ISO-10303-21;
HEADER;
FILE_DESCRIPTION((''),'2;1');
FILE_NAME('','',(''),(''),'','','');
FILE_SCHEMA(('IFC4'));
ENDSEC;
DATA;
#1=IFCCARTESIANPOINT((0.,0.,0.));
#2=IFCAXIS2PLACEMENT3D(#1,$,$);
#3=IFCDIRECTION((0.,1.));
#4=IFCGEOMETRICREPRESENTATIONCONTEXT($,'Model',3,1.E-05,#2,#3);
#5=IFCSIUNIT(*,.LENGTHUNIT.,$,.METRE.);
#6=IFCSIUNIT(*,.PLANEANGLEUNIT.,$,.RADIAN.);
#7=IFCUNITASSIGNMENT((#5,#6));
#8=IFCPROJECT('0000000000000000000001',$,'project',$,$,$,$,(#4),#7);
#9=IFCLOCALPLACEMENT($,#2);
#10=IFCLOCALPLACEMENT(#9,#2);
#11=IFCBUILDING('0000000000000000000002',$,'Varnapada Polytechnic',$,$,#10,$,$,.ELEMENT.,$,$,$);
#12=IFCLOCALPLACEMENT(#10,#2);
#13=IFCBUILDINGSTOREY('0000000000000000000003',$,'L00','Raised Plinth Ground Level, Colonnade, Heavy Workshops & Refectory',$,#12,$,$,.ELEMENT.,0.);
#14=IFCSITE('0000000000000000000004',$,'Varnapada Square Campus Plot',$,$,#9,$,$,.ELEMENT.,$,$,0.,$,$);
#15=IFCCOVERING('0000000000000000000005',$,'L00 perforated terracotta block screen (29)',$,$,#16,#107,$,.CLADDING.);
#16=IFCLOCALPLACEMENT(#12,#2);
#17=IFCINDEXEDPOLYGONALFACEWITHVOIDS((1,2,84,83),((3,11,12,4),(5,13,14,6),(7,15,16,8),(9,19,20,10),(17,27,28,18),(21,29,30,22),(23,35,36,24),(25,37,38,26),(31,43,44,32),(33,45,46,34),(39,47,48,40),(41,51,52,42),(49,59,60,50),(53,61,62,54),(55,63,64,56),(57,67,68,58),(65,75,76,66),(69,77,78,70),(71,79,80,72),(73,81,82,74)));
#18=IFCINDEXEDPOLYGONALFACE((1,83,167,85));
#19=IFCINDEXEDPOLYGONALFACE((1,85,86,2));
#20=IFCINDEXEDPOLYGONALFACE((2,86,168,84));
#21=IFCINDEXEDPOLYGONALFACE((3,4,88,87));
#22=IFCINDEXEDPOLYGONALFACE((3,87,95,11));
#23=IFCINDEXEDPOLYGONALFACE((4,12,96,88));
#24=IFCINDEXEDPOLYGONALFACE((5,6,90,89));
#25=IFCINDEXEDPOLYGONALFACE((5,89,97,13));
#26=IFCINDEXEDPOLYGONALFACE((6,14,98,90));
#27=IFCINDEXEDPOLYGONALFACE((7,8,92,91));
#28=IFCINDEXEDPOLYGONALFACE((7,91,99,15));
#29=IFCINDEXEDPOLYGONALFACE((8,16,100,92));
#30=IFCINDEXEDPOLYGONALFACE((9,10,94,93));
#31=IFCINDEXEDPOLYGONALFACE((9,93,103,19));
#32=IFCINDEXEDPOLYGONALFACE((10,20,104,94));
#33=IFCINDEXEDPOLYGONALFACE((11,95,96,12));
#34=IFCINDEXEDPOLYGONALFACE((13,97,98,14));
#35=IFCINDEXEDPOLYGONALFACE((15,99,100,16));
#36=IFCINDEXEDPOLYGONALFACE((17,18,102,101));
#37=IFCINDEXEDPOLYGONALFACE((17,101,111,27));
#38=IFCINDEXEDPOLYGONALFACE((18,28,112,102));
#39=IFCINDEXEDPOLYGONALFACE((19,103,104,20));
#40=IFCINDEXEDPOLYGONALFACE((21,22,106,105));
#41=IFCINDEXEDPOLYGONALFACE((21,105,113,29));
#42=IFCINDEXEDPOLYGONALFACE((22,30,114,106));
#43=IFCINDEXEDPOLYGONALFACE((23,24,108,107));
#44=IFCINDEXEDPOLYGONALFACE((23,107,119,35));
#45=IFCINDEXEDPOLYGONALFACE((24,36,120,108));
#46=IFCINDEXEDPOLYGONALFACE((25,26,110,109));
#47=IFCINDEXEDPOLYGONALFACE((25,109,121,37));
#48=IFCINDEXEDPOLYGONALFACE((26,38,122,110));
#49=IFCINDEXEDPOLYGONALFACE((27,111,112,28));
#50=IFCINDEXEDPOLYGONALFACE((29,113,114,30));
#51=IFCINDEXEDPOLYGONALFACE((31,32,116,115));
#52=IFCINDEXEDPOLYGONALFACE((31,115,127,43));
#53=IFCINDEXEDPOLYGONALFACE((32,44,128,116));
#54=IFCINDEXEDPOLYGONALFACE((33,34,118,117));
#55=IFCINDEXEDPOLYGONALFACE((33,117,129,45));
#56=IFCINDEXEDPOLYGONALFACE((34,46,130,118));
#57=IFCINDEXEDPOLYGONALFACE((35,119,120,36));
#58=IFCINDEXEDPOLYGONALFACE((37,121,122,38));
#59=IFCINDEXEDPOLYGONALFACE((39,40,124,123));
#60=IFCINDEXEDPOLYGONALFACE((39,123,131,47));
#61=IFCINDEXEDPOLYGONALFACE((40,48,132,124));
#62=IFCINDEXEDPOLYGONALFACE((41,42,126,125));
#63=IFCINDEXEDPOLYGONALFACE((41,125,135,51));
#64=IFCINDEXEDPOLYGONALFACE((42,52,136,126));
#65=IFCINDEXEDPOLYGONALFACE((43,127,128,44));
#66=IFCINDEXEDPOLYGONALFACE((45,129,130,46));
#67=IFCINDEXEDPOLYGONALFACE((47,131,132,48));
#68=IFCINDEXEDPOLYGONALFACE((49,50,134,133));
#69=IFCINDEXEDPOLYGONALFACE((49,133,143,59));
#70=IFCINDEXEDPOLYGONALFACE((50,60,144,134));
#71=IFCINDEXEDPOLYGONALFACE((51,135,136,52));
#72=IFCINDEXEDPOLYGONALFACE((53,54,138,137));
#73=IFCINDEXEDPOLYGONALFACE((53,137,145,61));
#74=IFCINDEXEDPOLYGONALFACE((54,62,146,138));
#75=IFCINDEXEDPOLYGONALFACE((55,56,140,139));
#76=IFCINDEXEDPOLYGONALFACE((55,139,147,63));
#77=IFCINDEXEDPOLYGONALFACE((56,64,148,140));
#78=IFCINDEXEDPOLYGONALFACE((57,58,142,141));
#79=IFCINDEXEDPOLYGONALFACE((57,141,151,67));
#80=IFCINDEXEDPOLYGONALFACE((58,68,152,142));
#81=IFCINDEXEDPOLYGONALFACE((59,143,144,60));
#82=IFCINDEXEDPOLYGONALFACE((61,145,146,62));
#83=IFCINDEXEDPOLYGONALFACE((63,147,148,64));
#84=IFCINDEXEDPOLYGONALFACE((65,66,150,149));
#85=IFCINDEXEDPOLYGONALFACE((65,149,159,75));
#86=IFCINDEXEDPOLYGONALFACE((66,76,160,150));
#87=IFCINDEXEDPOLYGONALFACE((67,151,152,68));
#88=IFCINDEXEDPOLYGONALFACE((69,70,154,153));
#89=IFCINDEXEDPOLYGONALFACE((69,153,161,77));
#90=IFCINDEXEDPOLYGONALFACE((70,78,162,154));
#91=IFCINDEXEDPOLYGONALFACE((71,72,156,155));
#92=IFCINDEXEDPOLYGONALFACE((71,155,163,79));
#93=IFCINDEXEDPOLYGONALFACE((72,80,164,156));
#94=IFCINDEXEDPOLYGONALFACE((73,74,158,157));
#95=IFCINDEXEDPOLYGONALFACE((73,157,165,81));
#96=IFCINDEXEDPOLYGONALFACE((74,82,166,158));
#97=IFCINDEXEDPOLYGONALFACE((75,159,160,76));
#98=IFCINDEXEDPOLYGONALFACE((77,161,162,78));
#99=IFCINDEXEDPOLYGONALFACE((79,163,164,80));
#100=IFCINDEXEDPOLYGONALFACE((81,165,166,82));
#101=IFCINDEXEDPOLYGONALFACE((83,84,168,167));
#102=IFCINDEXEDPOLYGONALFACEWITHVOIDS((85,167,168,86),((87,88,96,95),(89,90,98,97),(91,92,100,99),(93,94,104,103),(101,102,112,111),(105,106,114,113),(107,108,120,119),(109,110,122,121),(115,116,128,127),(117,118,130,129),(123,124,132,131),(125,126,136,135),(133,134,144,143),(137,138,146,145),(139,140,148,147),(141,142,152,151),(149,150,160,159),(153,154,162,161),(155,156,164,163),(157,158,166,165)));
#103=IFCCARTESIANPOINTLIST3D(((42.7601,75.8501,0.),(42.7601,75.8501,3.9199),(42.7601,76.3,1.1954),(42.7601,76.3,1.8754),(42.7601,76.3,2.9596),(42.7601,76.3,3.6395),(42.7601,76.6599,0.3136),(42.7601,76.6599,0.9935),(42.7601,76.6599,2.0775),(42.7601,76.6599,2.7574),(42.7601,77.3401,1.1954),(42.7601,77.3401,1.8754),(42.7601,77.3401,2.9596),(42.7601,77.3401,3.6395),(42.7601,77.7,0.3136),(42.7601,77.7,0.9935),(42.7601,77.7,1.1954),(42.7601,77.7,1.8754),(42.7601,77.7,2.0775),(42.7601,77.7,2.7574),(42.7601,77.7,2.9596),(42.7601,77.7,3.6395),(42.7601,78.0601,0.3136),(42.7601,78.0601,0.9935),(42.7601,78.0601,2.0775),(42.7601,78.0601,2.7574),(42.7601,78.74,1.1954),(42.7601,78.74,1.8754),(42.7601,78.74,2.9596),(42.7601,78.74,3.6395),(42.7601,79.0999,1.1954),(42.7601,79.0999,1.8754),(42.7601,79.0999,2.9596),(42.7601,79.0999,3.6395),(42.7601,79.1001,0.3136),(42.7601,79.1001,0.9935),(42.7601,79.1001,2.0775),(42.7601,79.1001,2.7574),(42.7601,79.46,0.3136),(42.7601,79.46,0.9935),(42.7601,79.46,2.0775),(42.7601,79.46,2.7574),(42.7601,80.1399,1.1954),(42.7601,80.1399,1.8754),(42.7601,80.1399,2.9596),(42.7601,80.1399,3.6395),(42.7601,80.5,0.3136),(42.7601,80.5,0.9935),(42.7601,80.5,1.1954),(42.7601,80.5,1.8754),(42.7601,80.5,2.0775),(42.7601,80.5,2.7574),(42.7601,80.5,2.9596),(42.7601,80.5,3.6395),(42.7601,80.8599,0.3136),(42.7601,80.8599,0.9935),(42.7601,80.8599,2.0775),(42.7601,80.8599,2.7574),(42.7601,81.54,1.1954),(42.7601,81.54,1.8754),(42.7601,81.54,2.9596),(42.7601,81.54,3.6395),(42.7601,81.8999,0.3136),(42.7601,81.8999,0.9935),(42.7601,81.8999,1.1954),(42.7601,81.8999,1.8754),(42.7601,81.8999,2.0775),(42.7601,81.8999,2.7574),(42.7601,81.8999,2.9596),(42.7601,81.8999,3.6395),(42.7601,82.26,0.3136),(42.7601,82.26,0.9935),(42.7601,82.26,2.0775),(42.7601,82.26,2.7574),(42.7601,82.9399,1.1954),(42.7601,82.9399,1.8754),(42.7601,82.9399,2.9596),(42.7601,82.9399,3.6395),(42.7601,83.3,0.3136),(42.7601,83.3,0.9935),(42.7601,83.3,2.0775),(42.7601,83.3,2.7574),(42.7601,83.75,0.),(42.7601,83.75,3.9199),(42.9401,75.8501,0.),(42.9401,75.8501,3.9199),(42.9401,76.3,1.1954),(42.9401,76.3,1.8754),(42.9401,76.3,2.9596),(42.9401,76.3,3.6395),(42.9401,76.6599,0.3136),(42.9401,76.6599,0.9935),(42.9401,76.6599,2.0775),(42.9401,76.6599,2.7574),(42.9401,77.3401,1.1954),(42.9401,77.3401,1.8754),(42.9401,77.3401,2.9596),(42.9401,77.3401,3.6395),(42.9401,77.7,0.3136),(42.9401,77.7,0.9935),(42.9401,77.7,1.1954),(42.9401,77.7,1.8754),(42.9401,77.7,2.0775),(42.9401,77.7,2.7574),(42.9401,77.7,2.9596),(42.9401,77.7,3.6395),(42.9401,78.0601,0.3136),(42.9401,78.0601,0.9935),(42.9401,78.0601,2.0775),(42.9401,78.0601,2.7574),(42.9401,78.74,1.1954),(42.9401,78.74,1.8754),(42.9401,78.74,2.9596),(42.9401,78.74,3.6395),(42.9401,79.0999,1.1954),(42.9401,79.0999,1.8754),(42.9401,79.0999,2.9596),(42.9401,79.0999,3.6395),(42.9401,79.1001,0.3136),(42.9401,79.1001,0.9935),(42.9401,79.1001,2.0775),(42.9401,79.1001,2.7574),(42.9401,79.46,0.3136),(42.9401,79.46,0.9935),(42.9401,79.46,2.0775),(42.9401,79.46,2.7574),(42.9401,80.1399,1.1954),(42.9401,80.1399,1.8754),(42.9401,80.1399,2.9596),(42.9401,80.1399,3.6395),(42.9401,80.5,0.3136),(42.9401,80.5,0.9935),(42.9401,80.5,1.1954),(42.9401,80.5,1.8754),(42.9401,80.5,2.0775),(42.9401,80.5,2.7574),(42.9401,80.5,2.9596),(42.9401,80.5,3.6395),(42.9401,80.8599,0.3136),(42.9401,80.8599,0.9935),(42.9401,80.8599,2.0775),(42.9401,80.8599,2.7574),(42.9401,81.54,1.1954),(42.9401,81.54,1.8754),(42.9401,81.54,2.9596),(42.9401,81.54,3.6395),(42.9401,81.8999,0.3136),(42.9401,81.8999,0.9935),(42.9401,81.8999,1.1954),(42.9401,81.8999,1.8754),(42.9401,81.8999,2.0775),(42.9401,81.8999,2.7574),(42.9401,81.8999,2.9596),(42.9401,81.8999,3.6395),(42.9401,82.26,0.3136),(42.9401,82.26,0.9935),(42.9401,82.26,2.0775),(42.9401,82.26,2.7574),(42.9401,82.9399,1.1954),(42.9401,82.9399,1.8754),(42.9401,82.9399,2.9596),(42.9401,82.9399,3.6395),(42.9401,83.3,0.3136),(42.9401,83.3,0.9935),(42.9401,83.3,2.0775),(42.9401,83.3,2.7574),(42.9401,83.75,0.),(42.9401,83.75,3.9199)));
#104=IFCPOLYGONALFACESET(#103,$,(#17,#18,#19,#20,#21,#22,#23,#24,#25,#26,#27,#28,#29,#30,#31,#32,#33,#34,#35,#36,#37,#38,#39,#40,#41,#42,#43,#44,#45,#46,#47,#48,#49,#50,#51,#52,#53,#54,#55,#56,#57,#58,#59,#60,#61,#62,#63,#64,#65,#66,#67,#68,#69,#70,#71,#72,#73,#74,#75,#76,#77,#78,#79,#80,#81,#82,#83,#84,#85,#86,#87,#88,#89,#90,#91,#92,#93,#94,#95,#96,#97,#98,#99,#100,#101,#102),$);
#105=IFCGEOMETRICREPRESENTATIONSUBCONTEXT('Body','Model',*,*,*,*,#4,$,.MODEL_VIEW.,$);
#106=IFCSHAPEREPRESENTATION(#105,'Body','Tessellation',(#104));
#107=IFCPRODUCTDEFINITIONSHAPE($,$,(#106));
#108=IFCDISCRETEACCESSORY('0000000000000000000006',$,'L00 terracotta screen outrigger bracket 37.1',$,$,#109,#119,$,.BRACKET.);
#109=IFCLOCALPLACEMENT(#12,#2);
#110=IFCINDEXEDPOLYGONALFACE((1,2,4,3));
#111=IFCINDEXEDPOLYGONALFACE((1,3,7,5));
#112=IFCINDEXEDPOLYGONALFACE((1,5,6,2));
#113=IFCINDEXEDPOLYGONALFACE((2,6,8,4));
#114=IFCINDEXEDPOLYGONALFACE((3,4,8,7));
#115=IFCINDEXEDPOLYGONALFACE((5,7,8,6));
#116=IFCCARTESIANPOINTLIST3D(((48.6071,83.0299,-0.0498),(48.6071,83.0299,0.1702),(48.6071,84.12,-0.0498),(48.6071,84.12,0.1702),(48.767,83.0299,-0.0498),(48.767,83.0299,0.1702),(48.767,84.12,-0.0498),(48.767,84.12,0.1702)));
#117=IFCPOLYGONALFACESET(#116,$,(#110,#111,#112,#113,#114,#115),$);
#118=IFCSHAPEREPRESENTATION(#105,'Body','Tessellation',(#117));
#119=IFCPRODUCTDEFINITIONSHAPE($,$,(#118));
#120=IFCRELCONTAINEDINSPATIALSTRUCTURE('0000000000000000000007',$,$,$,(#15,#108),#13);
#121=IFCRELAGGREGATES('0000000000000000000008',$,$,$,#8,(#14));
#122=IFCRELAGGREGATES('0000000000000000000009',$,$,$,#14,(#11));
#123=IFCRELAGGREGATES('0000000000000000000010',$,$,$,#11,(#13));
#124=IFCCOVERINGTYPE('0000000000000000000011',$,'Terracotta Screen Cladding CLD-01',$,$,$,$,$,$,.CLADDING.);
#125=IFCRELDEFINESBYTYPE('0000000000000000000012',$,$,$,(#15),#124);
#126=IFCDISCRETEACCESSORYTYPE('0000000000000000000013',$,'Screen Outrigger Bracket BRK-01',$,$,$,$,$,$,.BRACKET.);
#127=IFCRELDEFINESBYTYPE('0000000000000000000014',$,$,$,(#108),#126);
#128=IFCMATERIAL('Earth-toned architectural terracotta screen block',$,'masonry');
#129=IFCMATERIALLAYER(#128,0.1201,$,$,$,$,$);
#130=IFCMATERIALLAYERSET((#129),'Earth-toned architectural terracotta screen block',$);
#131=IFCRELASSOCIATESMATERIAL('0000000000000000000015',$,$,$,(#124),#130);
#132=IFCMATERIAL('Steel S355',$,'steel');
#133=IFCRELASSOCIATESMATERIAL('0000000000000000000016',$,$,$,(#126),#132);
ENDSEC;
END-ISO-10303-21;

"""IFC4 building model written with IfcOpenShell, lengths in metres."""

from ifc_helpers import new_model, si_unit, direction, frame, frame_2d, origin, origin_2d, place, context, subcontext, project, spatial, rectangle, extrude, material, layer, layer_set, type_object, element, save


model = new_model("IFC4")

# Units and contexts
model_context = context("Model", 3, precision=1e-05, world=origin(), true_north=direction((0.0, 1.0)))
body_context = subcontext(model_context, "Body", "Model", "MODEL_VIEW")
ifc_project = project(units=[si_unit("LENGTHUNIT", "METRE"), si_unit("PLANEANGLEUNIT", "RADIAN")], contexts=[model_context])

# Site, building, storey
site_placement = place(None, origin())
site = spatial("IfcSite", under=ifc_project, at=site_placement, Name="Varnapada Square Campus Plot", CompositionType="ELEMENT", RefElevation=0.0)
building_placement = place(site_placement, origin())
building = spatial("IfcBuilding", under=site, at=building_placement, Name="Varnapada Polytechnic", CompositionType="ELEMENT")
storey_placement = place(building_placement, origin())
storey = spatial("IfcBuildingStorey", under=building, at=storey_placement, Name="L00", Description="Raised Plinth Ground Level, Colonnade, Heavy Workshops & Refectory", CompositionType="ELEMENT", Elevation=0.0)

# Covering, openings
ifc_material_1 = material(Name="Earth-toned architectural terracotta screen block", Category="masonry")
ifc_layer_1 = layer(ifc_material_1, 0.1201)
ifc_layer_set_1 = layer_set([ifc_layer_1], Name="Earth-toned architectural terracotta screen block")
covering_type = type_object("IfcCoveringType", Name="Terracotta Screen Cladding CLD-01", PredefinedType="CLADDING", material=ifc_layer_set_1)
covering_placement = place(storey_placement, frame((42.8501, 83.75, 0.0), z_axis=(0.0, 0.0, 1.0), x_axis=(0.0, -1.0, 0.0)))
covering = element("IfcCovering", 1, at=covering_placement, inside=storey, type_object=covering_type, Name="L00 perforated terracotta block screen (29)", PredefinedType="CLADDING", context=body_context, shape_type="SweptSolid", body=[
    extrude(rectangle(XDim=7.8999, YDim=0.1799, at=frame_2d((3.95, 0.0))), origin(), (0.0, 0.0, 1.0), 3.9199),
])
opening_1_placement = place(covering_placement, frame((0.45, 0.0, 0.3137)))
element("IfcOpeningElement", 2, at=opening_1_placement, cuts=covering, PredefinedType="OPENING", context=body_context, shape_type="SweptSolid", body=[
    extrude(rectangle(XDim=1.04, YDim=0.6799, at=frame_2d((0.52, 0.3398))), frame((0.0, 0.0999, 0.0), z_axis=(0.0, -1.0, 0.0), x_axis=(1.0, 0.0, 0.0)), (0.0, 0.0, 1.0), 0.2),
])
opening_2_placement = place(covering_placement, frame((1.8501, 0.0, 0.3137)))
element("IfcOpeningElement", 3, at=opening_2_placement, cuts=covering, PredefinedType="OPENING", context=body_context, shape_type="SweptSolid", body=[
    extrude(rectangle(XDim=1.04, YDim=0.6799, at=frame_2d((0.52, 0.3398))), frame((0.0, 0.0999, 0.0), z_axis=(0.0, -1.0, 0.0), x_axis=(1.0, 0.0, 0.0)), (0.0, 0.0, 1.0), 0.2),
])
opening_3_placement = place(covering_placement, frame((3.25, 0.0, 0.3137)))
element("IfcOpeningElement", 4, at=opening_3_placement, cuts=covering, PredefinedType="OPENING", context=body_context, shape_type="SweptSolid", body=[
    extrude(rectangle(XDim=1.04, YDim=0.6799, at=frame_2d((0.52, 0.3398))), frame((0.0, 0.0999, 0.0), z_axis=(0.0, -1.0, 0.0), x_axis=(1.0, 0.0, 0.0)), (0.0, 0.0, 1.0), 0.2),
])
opening_4_placement = place(covering_placement, frame((4.6499, 0.0, 0.3137)))
element("IfcOpeningElement", 5, at=opening_4_placement, cuts=covering, PredefinedType="OPENING", context=body_context, shape_type="SweptSolid", body=[
    extrude(rectangle(XDim=1.04, YDim=0.6799, at=frame_2d((0.52, 0.3398))), frame((0.0, 0.0999, 0.0), z_axis=(0.0, -1.0, 0.0), x_axis=(1.0, 0.0, 0.0)), (0.0, 0.0, 1.0), 0.2),
])
opening_5_placement = place(covering_placement, frame((6.05, 0.0, 0.3137)))
element("IfcOpeningElement", 6, at=opening_5_placement, cuts=covering, PredefinedType="OPENING", context=body_context, shape_type="SweptSolid", body=[
    extrude(rectangle(XDim=1.04, YDim=0.6799, at=frame_2d((0.52, 0.3398))), frame((0.0, 0.0999, 0.0), z_axis=(0.0, -1.0, 0.0), x_axis=(1.0, 0.0, 0.0)), (0.0, 0.0, 1.0), 0.2),
])
opening_6_placement = place(covering_placement, frame((0.8101, 0.0, 1.1956)))
element("IfcOpeningElement", 7, at=opening_6_placement, cuts=covering, PredefinedType="OPENING", context=body_context, shape_type="SweptSolid", body=[
    extrude(rectangle(XDim=1.04, YDim=0.6799, at=frame_2d((0.52, 0.3398))), frame((0.0, 0.0999, 0.0), z_axis=(0.0, -1.0, 0.0), x_axis=(1.0, 0.0, 0.0)), (0.0, 0.0, 1.0), 0.2),
])
opening_7_placement = place(covering_placement, frame((2.21, 0.0, 1.1956)))
element("IfcOpeningElement", 8, at=opening_7_placement, cuts=covering, PredefinedType="OPENING", context=body_context, shape_type="SweptSolid", body=[
    extrude(rectangle(XDim=1.04, YDim=0.6799, at=frame_2d((0.52, 0.3398))), frame((0.0, 0.0999, 0.0), z_axis=(0.0, -1.0, 0.0), x_axis=(1.0, 0.0, 0.0)), (0.0, 0.0, 1.0), 0.2),
])
opening_8_placement = place(covering_placement, frame((3.6101, 0.0, 1.1956)))
element("IfcOpeningElement", 9, at=opening_8_placement, cuts=covering, PredefinedType="OPENING", context=body_context, shape_type="SweptSolid", body=[
    extrude(rectangle(XDim=1.04, YDim=0.6799, at=frame_2d((0.52, 0.3398))), frame((0.0, 0.0999, 0.0), z_axis=(0.0, -1.0, 0.0), x_axis=(1.0, 0.0, 0.0)), (0.0, 0.0, 1.0), 0.2),
])
opening_9_placement = place(covering_placement, frame((5.01, 0.0, 1.1956)))
element("IfcOpeningElement", 10, at=opening_9_placement, cuts=covering, PredefinedType="OPENING", context=body_context, shape_type="SweptSolid", body=[
    extrude(rectangle(XDim=1.04, YDim=0.6799, at=frame_2d((0.52, 0.3398))), frame((0.0, 0.0999, 0.0), z_axis=(0.0, -1.0, 0.0), x_axis=(1.0, 0.0, 0.0)), (0.0, 0.0, 1.0), 0.2),
])
opening_10_placement = place(covering_placement, frame((6.4099, 0.0, 1.1956)))
element("IfcOpeningElement", 11, at=opening_10_placement, cuts=covering, PredefinedType="OPENING", context=body_context, shape_type="SweptSolid", body=[
    extrude(rectangle(XDim=1.04, YDim=0.6799, at=frame_2d((0.52, 0.3398))), frame((0.0, 0.0999, 0.0), z_axis=(0.0, -1.0, 0.0), x_axis=(1.0, 0.0, 0.0)), (0.0, 0.0, 1.0), 0.2),
])
opening_11_placement = place(covering_placement, frame((0.45, 0.0, 2.0776)))
element("IfcOpeningElement", 12, at=opening_11_placement, cuts=covering, PredefinedType="OPENING", context=body_context, shape_type="SweptSolid", body=[
    extrude(rectangle(XDim=1.04, YDim=0.6799, at=frame_2d((0.52, 0.3398))), frame((0.0, 0.0999, 0.0), z_axis=(0.0, -1.0, 0.0), x_axis=(1.0, 0.0, 0.0)), (0.0, 0.0, 1.0), 0.2),
])
opening_12_placement = place(covering_placement, frame((1.8501, 0.0, 2.0776)))
element("IfcOpeningElement", 13, at=opening_12_placement, cuts=covering, PredefinedType="OPENING", context=body_context, shape_type="SweptSolid", body=[
    extrude(rectangle(XDim=1.04, YDim=0.6799, at=frame_2d((0.52, 0.3398))), frame((0.0, 0.0999, 0.0), z_axis=(0.0, -1.0, 0.0), x_axis=(1.0, 0.0, 0.0)), (0.0, 0.0, 1.0), 0.2),
])
opening_13_placement = place(covering_placement, frame((3.25, 0.0, 2.0776)))
element("IfcOpeningElement", 14, at=opening_13_placement, cuts=covering, PredefinedType="OPENING", context=body_context, shape_type="SweptSolid", body=[
    extrude(rectangle(XDim=1.04, YDim=0.6799, at=frame_2d((0.52, 0.3398))), frame((0.0, 0.0999, 0.0), z_axis=(0.0, -1.0, 0.0), x_axis=(1.0, 0.0, 0.0)), (0.0, 0.0, 1.0), 0.2),
])
opening_14_placement = place(covering_placement, frame((4.6499, 0.0, 2.0776)))
element("IfcOpeningElement", 15, at=opening_14_placement, cuts=covering, PredefinedType="OPENING", context=body_context, shape_type="SweptSolid", body=[
    extrude(rectangle(XDim=1.04, YDim=0.6799, at=frame_2d((0.52, 0.3398))), frame((0.0, 0.0999, 0.0), z_axis=(0.0, -1.0, 0.0), x_axis=(1.0, 0.0, 0.0)), (0.0, 0.0, 1.0), 0.2),
])
opening_15_placement = place(covering_placement, frame((6.05, 0.0, 2.0776)))
element("IfcOpeningElement", 16, at=opening_15_placement, cuts=covering, PredefinedType="OPENING", context=body_context, shape_type="SweptSolid", body=[
    extrude(rectangle(XDim=1.04, YDim=0.6799, at=frame_2d((0.52, 0.3398))), frame((0.0, 0.0999, 0.0), z_axis=(0.0, -1.0, 0.0), x_axis=(1.0, 0.0, 0.0)), (0.0, 0.0, 1.0), 0.2),
])
opening_16_placement = place(covering_placement, frame((0.8101, 0.0, 2.9597)))
element("IfcOpeningElement", 17, at=opening_16_placement, cuts=covering, PredefinedType="OPENING", context=body_context, shape_type="SweptSolid", body=[
    extrude(rectangle(XDim=1.04, YDim=0.6799, at=frame_2d((0.52, 0.3398))), frame((0.0, 0.0999, 0.0), z_axis=(0.0, -1.0, 0.0), x_axis=(1.0, 0.0, 0.0)), (0.0, 0.0, 1.0), 0.2),
])
opening_17_placement = place(covering_placement, frame((2.21, 0.0, 2.9597)))
element("IfcOpeningElement", 18, at=opening_17_placement, cuts=covering, PredefinedType="OPENING", context=body_context, shape_type="SweptSolid", body=[
    extrude(rectangle(XDim=1.04, YDim=0.6799, at=frame_2d((0.52, 0.3398))), frame((0.0, 0.0999, 0.0), z_axis=(0.0, -1.0, 0.0), x_axis=(1.0, 0.0, 0.0)), (0.0, 0.0, 1.0), 0.2),
])
opening_18_placement = place(covering_placement, frame((3.6101, 0.0, 2.9597)))
element("IfcOpeningElement", 19, at=opening_18_placement, cuts=covering, PredefinedType="OPENING", context=body_context, shape_type="SweptSolid", body=[
    extrude(rectangle(XDim=1.04, YDim=0.6799, at=frame_2d((0.52, 0.3398))), frame((0.0, 0.0999, 0.0), z_axis=(0.0, -1.0, 0.0), x_axis=(1.0, 0.0, 0.0)), (0.0, 0.0, 1.0), 0.2),
])
opening_19_placement = place(covering_placement, frame((5.01, 0.0, 2.9597)))
element("IfcOpeningElement", 20, at=opening_19_placement, cuts=covering, PredefinedType="OPENING", context=body_context, shape_type="SweptSolid", body=[
    extrude(rectangle(XDim=1.04, YDim=0.6799, at=frame_2d((0.52, 0.3398))), frame((0.0, 0.0999, 0.0), z_axis=(0.0, -1.0, 0.0), x_axis=(1.0, 0.0, 0.0)), (0.0, 0.0, 1.0), 0.2),
])
opening_20_placement = place(covering_placement, frame((6.4099, 0.0, 2.9597)))
element("IfcOpeningElement", 21, at=opening_20_placement, cuts=covering, PredefinedType="OPENING", context=body_context, shape_type="SweptSolid", body=[
    extrude(rectangle(XDim=1.04, YDim=0.6799, at=frame_2d((0.52, 0.3398))), frame((0.0, 0.0999, 0.0), z_axis=(0.0, -1.0, 0.0), x_axis=(1.0, 0.0, 0.0)), (0.0, 0.0, 1.0), 0.2),
])

# Discrete accessory
ifc_material_2 = material(Name="Steel S355", Category="steel")
discrete_accessory_type = type_object("IfcDiscreteAccessoryType", Name="Screen Outrigger Bracket BRK-01", PredefinedType="BRACKET", material=ifc_material_2)
discrete_accessory_placement = place(storey_placement, frame((48.687, 83.575, -0.0498), z_axis=(0.0, 0.0, 1.0), x_axis=(-1.0, 0.0, 0.0)))
element("IfcDiscreteAccessory", 22, at=discrete_accessory_placement, inside=storey, type_object=discrete_accessory_type, Name="L00 terracotta screen outrigger bracket 37.1", PredefinedType="BRACKET", context=body_context, shape_type="SweptSolid", body=[
    extrude(rectangle(XDim=0.1599, YDim=1.0901, at=origin_2d()), origin(), (0.0, 0.0, 1.0), 0.22),
])

save(model, "model.ifc")
